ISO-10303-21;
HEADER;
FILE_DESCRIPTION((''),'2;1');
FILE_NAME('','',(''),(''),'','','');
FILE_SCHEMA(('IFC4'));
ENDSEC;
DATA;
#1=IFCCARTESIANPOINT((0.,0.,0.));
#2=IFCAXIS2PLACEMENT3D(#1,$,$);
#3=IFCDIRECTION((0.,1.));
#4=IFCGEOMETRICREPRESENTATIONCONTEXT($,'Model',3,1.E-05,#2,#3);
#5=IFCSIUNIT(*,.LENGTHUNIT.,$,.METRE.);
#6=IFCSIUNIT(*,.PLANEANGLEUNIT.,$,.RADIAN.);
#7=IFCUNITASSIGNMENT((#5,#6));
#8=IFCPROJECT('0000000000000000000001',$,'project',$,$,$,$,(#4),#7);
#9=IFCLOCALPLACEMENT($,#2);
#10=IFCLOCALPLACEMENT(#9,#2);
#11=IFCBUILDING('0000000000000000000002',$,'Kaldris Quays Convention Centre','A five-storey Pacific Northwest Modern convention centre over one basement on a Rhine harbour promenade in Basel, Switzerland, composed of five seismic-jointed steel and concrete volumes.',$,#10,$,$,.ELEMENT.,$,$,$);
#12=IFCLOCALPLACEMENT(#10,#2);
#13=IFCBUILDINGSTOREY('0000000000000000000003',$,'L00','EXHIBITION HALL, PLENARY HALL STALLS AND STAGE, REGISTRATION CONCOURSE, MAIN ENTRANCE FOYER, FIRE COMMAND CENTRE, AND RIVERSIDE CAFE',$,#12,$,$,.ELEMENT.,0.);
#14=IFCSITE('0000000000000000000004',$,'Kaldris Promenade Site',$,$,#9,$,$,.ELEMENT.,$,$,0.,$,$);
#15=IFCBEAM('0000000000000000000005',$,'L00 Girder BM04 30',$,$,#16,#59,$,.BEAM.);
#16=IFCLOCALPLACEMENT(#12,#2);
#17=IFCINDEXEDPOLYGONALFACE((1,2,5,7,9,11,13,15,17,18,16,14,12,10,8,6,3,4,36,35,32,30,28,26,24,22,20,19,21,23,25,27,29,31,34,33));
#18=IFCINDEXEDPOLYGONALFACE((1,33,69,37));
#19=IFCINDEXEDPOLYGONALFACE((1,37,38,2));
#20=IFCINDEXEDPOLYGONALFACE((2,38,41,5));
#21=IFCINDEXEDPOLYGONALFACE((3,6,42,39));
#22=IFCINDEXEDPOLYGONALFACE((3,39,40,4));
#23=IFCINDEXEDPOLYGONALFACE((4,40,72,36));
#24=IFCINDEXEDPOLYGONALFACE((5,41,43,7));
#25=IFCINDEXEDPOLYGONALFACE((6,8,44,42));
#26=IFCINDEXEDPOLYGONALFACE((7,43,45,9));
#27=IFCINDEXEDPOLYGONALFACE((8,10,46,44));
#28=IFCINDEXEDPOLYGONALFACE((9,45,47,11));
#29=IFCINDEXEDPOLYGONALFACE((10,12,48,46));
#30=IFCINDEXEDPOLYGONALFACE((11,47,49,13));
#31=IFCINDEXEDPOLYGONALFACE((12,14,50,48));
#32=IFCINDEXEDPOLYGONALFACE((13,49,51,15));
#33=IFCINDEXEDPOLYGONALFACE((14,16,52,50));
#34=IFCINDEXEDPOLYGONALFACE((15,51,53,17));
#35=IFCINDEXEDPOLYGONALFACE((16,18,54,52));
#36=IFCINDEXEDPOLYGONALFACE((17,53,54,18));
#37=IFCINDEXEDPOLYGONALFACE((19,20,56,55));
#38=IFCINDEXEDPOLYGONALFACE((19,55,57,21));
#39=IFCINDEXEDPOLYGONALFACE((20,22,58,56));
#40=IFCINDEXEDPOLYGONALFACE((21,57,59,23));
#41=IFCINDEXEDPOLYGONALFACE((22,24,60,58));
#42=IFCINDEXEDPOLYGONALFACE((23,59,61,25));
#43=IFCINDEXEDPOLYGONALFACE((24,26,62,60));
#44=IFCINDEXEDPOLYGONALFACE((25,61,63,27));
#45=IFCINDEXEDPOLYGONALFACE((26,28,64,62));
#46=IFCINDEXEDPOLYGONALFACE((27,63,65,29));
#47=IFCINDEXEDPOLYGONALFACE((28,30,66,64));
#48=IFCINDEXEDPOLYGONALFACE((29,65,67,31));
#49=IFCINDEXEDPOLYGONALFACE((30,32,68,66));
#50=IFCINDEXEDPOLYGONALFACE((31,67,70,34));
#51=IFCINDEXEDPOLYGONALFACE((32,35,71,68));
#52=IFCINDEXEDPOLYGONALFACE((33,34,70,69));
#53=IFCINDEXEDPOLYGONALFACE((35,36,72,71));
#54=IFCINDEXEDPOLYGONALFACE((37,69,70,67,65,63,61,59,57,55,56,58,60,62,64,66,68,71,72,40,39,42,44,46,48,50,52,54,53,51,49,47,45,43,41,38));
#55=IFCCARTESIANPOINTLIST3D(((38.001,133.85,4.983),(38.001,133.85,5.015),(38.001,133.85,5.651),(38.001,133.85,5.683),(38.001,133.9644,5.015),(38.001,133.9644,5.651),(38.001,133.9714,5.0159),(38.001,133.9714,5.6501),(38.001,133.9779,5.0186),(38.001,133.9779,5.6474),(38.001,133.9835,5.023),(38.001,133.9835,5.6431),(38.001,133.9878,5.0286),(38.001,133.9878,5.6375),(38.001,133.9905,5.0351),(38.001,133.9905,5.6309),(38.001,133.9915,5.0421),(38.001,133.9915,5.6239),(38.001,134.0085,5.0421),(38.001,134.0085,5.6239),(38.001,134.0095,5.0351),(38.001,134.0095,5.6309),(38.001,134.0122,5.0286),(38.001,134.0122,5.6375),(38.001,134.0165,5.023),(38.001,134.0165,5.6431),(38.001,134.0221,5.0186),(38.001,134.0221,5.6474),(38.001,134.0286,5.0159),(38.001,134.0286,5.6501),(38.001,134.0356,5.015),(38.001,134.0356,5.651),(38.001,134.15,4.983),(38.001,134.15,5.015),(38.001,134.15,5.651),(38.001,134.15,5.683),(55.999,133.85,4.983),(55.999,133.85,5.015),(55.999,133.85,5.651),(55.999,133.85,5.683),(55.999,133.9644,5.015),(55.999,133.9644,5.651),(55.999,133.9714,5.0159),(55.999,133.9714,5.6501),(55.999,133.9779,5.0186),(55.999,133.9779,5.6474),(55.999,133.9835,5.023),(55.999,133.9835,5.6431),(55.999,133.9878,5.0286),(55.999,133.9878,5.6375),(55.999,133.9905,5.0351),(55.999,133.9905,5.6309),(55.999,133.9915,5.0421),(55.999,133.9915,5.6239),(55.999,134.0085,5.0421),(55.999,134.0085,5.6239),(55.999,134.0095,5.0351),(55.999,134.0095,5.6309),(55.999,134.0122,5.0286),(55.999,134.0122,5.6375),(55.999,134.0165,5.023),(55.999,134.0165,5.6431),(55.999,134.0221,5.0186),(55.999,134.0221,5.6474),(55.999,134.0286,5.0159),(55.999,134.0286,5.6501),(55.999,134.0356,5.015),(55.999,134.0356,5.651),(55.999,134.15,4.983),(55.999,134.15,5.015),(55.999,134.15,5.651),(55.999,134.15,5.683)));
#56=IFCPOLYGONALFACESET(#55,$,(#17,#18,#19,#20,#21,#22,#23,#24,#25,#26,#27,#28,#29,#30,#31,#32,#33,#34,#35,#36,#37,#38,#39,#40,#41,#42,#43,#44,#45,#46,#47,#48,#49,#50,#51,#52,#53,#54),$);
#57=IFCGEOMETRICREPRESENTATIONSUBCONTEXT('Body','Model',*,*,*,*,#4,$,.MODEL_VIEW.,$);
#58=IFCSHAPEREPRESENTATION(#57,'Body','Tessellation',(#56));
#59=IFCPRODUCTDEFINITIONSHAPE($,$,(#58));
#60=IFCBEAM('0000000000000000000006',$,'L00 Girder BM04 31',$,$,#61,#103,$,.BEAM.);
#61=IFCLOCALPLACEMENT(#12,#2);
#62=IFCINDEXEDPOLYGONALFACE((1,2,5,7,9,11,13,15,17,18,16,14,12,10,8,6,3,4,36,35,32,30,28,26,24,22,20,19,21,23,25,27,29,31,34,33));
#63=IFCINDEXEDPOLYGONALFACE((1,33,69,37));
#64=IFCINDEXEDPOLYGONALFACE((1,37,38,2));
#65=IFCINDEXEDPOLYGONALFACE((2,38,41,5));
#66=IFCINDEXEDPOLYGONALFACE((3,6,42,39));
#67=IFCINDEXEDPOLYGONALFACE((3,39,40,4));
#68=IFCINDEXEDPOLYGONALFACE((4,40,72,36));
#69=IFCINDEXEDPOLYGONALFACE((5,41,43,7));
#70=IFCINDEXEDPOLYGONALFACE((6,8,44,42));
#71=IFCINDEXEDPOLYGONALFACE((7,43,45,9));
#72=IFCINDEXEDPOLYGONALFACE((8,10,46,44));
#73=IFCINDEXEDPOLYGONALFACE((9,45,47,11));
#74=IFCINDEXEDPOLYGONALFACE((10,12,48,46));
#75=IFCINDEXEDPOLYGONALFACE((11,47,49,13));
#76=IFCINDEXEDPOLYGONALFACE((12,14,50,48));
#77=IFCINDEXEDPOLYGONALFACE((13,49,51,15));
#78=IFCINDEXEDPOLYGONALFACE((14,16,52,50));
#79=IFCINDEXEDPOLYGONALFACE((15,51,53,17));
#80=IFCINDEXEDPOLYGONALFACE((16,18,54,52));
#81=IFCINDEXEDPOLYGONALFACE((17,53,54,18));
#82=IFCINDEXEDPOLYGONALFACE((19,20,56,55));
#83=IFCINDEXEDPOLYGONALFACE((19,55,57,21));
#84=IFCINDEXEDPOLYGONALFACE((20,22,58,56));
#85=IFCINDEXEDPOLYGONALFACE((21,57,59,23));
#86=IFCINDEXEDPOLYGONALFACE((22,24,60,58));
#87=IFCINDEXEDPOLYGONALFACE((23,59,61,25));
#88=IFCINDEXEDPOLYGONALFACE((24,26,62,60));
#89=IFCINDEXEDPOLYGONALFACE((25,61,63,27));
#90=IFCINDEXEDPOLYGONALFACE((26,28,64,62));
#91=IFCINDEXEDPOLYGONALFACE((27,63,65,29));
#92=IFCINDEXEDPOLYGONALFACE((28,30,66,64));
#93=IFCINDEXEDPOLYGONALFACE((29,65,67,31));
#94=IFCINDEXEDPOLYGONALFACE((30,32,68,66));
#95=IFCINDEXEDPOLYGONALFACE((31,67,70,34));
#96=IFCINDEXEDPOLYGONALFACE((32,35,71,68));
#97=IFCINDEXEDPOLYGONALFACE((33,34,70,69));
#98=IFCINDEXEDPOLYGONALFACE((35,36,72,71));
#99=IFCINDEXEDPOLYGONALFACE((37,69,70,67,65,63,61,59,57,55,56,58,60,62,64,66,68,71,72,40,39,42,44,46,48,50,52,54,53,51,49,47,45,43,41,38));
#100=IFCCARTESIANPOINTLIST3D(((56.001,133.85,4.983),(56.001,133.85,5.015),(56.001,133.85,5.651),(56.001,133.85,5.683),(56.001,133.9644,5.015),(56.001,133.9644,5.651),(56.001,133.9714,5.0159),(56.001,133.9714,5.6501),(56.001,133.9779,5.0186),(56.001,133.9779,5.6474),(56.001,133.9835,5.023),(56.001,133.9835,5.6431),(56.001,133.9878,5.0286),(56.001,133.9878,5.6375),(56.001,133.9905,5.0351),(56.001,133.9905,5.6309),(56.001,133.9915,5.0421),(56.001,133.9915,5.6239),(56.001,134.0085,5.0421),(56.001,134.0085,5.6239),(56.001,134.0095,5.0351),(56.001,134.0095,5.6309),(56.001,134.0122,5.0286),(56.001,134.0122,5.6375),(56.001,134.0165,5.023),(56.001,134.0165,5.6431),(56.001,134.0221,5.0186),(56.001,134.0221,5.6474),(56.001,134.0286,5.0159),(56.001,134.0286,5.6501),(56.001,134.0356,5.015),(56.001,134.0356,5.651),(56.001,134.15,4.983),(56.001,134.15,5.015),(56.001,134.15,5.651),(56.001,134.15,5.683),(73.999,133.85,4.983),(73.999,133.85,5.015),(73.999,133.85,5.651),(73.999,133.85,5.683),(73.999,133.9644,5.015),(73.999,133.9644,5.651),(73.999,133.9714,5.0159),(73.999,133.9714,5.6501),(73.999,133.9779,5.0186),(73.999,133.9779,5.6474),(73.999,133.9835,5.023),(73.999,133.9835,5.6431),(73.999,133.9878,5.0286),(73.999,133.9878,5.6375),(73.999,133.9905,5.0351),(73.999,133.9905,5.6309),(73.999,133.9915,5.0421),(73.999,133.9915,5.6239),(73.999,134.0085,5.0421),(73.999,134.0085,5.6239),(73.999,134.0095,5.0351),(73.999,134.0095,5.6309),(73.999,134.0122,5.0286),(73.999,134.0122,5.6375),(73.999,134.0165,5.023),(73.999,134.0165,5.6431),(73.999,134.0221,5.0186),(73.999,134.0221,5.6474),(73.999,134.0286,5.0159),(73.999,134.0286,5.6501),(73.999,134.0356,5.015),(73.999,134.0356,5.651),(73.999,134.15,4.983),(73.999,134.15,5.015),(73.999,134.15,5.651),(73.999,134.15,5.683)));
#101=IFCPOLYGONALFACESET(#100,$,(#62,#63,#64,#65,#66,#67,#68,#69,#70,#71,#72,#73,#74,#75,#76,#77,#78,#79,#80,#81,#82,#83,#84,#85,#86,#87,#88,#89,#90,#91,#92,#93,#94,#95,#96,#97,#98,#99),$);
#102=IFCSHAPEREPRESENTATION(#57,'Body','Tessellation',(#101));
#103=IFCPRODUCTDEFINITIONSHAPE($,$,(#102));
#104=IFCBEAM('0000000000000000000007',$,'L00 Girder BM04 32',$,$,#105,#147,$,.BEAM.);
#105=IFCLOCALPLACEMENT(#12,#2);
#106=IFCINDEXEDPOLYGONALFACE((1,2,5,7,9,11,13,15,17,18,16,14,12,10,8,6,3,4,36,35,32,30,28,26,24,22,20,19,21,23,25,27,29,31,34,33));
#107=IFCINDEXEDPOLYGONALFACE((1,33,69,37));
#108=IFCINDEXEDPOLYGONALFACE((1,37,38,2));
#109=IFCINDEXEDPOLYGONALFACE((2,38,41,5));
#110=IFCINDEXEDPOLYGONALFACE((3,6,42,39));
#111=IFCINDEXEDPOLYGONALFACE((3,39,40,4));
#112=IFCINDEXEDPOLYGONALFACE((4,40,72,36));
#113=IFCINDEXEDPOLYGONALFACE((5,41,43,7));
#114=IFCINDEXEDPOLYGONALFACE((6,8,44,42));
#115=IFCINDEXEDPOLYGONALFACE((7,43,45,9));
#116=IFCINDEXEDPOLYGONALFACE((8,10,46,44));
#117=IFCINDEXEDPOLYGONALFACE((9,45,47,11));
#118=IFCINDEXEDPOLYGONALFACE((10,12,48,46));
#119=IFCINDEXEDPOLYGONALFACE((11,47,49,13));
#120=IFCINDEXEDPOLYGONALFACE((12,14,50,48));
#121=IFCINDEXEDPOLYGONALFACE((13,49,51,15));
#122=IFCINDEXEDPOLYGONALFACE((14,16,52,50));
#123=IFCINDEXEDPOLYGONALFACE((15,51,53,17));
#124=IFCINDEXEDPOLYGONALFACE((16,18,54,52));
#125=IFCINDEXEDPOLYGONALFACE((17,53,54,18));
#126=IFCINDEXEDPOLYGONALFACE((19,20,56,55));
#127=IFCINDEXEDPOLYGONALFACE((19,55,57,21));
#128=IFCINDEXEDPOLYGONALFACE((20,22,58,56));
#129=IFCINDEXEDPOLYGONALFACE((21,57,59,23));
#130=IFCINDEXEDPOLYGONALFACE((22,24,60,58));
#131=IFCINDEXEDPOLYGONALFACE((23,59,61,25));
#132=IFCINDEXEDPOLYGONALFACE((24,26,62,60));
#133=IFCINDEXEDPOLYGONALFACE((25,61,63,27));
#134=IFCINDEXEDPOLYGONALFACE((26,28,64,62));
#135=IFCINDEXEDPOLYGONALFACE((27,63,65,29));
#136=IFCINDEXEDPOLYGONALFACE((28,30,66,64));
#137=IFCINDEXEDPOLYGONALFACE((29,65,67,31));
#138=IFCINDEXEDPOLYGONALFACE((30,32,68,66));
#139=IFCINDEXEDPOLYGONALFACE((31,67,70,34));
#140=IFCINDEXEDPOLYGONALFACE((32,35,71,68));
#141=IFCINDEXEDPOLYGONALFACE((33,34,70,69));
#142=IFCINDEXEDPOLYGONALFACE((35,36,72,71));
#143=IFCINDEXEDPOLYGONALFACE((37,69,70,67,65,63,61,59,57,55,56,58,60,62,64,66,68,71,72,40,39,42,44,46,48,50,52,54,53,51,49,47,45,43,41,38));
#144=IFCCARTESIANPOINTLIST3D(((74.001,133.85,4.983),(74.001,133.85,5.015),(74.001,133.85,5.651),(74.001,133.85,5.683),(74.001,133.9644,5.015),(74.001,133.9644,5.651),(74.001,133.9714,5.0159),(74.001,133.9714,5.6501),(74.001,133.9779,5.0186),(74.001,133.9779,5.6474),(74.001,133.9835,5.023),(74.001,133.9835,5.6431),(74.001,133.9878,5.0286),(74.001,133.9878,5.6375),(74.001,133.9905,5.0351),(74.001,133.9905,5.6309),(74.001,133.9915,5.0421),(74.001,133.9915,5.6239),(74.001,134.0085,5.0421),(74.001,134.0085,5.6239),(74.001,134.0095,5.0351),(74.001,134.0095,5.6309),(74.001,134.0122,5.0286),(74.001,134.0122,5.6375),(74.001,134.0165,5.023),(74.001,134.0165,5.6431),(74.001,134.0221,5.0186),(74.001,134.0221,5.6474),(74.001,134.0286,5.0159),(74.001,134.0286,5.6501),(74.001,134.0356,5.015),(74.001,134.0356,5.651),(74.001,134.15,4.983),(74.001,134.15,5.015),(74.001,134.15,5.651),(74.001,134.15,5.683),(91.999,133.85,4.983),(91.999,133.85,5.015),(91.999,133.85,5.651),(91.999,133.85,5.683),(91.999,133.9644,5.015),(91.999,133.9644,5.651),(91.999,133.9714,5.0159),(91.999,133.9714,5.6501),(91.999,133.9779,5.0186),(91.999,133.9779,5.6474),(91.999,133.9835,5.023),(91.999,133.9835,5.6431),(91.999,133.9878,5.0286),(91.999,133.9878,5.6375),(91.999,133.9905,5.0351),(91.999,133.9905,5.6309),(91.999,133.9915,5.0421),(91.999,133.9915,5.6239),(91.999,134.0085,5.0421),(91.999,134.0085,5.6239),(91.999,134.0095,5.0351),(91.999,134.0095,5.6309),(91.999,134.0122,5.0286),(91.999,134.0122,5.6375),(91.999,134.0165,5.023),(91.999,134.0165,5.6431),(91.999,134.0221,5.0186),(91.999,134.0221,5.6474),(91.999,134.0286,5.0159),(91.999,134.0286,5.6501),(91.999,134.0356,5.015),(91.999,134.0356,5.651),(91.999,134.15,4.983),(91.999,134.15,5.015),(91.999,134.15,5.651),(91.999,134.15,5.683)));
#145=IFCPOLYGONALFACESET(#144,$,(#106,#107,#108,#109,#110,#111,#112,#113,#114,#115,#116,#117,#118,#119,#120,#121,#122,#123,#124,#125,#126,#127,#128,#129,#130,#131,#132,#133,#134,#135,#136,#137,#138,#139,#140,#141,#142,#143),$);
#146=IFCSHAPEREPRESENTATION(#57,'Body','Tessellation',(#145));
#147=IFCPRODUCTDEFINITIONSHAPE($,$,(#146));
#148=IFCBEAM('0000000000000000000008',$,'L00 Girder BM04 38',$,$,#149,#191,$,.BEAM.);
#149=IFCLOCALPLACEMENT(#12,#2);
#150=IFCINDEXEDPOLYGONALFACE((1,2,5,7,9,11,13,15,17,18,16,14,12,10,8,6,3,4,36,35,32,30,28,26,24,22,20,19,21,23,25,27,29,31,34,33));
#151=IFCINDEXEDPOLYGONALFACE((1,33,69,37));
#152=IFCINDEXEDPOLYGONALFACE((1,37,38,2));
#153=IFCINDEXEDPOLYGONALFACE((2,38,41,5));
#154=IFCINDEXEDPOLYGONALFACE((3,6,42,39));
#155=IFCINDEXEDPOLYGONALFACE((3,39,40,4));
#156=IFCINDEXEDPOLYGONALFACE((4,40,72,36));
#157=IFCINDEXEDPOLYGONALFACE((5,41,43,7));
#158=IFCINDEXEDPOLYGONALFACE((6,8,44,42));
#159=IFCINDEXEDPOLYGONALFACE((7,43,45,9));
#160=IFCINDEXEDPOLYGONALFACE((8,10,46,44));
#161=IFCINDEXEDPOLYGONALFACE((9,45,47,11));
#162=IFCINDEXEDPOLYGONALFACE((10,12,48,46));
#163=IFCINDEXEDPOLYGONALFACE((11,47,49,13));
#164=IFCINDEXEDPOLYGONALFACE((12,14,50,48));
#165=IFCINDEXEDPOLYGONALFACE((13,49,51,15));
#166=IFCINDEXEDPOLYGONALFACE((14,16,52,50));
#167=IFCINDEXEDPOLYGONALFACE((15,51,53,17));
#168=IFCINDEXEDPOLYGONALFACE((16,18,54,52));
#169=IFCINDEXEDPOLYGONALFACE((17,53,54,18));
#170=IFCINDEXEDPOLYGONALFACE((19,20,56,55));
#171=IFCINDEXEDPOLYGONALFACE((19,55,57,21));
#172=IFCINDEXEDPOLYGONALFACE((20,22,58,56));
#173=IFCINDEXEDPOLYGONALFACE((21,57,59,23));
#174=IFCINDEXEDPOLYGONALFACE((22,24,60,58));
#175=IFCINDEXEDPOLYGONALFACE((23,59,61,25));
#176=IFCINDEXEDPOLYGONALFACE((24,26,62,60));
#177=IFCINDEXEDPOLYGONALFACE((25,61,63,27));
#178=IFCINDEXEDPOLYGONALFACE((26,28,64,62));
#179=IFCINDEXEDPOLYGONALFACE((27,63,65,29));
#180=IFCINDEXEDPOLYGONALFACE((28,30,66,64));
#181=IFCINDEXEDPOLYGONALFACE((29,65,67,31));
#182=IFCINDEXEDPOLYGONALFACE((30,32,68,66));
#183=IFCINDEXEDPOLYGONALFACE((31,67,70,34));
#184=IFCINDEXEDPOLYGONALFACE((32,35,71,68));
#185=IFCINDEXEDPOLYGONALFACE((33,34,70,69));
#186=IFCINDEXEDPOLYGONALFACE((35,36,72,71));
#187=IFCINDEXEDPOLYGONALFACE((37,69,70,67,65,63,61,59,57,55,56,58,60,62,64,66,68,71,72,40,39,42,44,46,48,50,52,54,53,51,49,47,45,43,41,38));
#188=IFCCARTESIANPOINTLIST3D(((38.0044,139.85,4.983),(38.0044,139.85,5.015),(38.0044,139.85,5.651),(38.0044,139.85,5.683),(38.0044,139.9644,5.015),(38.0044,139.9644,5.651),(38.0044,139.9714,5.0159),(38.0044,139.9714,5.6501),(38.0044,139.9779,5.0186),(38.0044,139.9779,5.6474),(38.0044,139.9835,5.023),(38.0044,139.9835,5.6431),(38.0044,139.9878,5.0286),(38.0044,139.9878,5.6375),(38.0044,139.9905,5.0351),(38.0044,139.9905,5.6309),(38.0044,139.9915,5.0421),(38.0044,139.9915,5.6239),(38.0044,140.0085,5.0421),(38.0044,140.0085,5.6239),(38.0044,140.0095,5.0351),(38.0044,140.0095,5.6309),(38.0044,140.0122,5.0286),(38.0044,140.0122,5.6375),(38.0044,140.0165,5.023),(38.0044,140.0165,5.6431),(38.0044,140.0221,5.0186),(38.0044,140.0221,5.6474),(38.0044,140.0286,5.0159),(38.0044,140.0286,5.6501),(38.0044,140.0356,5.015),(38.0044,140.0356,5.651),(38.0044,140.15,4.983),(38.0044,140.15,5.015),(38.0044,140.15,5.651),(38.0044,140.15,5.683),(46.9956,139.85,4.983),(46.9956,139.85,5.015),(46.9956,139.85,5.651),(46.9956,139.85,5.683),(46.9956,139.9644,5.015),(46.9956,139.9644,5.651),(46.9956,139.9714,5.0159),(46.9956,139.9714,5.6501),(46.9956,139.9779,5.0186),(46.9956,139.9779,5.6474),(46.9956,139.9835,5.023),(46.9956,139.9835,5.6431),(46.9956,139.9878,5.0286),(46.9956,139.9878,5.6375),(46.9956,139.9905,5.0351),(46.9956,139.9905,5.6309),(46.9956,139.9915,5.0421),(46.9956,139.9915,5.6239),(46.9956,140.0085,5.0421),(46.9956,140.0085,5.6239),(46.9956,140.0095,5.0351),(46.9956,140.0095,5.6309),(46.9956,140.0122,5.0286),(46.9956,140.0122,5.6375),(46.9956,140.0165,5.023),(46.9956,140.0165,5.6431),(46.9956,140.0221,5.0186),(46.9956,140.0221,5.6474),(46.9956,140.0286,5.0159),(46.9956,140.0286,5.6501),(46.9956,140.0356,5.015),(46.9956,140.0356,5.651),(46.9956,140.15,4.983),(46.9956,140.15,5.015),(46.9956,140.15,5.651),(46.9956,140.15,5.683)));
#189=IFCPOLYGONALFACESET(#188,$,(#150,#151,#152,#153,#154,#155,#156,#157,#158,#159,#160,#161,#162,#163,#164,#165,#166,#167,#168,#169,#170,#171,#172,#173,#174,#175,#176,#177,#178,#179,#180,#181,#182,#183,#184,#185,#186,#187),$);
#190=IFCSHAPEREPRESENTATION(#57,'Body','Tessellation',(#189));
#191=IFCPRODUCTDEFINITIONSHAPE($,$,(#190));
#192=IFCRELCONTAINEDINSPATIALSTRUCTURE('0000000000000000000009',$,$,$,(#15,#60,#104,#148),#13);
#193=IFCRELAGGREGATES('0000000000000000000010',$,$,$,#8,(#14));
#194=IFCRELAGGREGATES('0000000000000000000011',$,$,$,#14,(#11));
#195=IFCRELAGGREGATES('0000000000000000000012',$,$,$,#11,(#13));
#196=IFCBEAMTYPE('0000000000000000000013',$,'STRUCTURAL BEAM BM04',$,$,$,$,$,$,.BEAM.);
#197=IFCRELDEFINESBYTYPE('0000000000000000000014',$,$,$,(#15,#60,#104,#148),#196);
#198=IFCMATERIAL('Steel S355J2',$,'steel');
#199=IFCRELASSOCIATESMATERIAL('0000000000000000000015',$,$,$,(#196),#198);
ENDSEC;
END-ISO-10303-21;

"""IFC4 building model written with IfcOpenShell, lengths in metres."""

from ifc_helpers import new_model, si_unit, direction, frame, origin, origin_2d, place, context, subcontext, project, spatial, i_section, extrude, material, material_profile, profile_set, type_object, element, save


model = new_model("IFC4")

# Units and contexts
model_context = context("Model", 3, precision=1e-05, world=origin(), true_north=direction((0.0, 1.0)))
body_context = subcontext(model_context, "Body", "Model", "MODEL_VIEW")
ifc_project = project(units=[si_unit("LENGTHUNIT", "METRE"), si_unit("PLANEANGLEUNIT", "RADIAN")], contexts=[model_context])

# Site, building, storey
site_placement = place(None, origin())
site = spatial("IfcSite", under=ifc_project, at=site_placement, Name="Kaldris Promenade Site", CompositionType="ELEMENT", RefElevation=0.0)
building_placement = place(site_placement, origin())
building = spatial("IfcBuilding", under=site, at=building_placement, Name="Kaldris Quays Convention Centre", Description="A five-storey Pacific Northwest Modern convention centre over one basement on a Rhine harbour promenade in Basel, Switzerland, composed of five seismic-jointed steel and concrete volumes.", CompositionType="ELEMENT")
storey_placement = place(building_placement, origin())
storey = spatial("IfcBuildingStorey", under=building, at=storey_placement, Name="L00", Description="EXHIBITION HALL, PLENARY HALL STALLS AND STAGE, REGISTRATION CONCOURSE, MAIN ENTRANCE FOYER, FIRE COMMAND CENTRE, AND RIVERSIDE CAFE", CompositionType="ELEMENT", Elevation=0.0)

# Shared definitions
ifc_material_1 = material(Name="Steel S355J2", Category="steel")

# Beams
ifc_material_profile_1 = material_profile(ifc_material_1, i_section(OverallWidth=0.3, OverallDepth=0.7, WebThickness=0.0171, FlangeThickness=0.032, FilletRadius=0.0271, at=origin_2d()), Name="HEB 700")
ifc_profile_set_1 = profile_set([ifc_material_profile_1], Name="Steel S355J2")
beam_type_1 = type_object("IfcBeamType", Name="STRUCTURAL BEAM BM04", PredefinedType="BEAM", material=ifc_profile_set_1)
for number, where, z_axis, x_axis, name in (
    (1, (38.001, 134.0, 5.333), (1.0, 0.0, 0.0), (0.0, 1.0, 0.0), "L00 Girder BM04 30"),
    (2, (56.001, 134.0, 5.333), (1.0, 0.0, 0.0), (0.0, 1.0, 0.0), "L00 Girder BM04 31"),
    (3, (74.001, 134.0, 5.333), (1.0, 0.0, 0.0), (0.0, 1.0, 0.0), "L00 Girder BM04 32"),
):
    element("IfcBeam", number, at=place(storey_placement, frame(where, z_axis=z_axis, x_axis=x_axis)), inside=storey, type_object=beam_type_1, Name=name, PredefinedType="BEAM", context=body_context, shape_type="SweptSolid", body=[
        extrude(i_section(OverallWidth=0.3, OverallDepth=0.7, WebThickness=0.0171, FlangeThickness=0.032, FilletRadius=0.0271, at=origin_2d()), origin(), (0.0, 0.0, 1.0), 17.998),
    ])
for number, where, z_axis, x_axis, name in (
    (4, (38.0044, 140.0, 5.333), (1.0, 0.0, 0.0), (0.0, 1.0, 0.0), "L00 Girder BM04 38"),
):
    element("IfcBeam", number, at=place(storey_placement, frame(where, z_axis=z_axis, x_axis=x_axis)), inside=storey, type_object=beam_type_1, Name=name, PredefinedType="BEAM", context=body_context, shape_type="SweptSolid", body=[
        extrude(i_section(OverallWidth=0.3, OverallDepth=0.7, WebThickness=0.0171, FlangeThickness=0.032, FilletRadius=0.0271, at=origin_2d()), origin(), (0.0, 0.0, 1.0), 8.9912),
    ])

save(model, "model.ifc")
